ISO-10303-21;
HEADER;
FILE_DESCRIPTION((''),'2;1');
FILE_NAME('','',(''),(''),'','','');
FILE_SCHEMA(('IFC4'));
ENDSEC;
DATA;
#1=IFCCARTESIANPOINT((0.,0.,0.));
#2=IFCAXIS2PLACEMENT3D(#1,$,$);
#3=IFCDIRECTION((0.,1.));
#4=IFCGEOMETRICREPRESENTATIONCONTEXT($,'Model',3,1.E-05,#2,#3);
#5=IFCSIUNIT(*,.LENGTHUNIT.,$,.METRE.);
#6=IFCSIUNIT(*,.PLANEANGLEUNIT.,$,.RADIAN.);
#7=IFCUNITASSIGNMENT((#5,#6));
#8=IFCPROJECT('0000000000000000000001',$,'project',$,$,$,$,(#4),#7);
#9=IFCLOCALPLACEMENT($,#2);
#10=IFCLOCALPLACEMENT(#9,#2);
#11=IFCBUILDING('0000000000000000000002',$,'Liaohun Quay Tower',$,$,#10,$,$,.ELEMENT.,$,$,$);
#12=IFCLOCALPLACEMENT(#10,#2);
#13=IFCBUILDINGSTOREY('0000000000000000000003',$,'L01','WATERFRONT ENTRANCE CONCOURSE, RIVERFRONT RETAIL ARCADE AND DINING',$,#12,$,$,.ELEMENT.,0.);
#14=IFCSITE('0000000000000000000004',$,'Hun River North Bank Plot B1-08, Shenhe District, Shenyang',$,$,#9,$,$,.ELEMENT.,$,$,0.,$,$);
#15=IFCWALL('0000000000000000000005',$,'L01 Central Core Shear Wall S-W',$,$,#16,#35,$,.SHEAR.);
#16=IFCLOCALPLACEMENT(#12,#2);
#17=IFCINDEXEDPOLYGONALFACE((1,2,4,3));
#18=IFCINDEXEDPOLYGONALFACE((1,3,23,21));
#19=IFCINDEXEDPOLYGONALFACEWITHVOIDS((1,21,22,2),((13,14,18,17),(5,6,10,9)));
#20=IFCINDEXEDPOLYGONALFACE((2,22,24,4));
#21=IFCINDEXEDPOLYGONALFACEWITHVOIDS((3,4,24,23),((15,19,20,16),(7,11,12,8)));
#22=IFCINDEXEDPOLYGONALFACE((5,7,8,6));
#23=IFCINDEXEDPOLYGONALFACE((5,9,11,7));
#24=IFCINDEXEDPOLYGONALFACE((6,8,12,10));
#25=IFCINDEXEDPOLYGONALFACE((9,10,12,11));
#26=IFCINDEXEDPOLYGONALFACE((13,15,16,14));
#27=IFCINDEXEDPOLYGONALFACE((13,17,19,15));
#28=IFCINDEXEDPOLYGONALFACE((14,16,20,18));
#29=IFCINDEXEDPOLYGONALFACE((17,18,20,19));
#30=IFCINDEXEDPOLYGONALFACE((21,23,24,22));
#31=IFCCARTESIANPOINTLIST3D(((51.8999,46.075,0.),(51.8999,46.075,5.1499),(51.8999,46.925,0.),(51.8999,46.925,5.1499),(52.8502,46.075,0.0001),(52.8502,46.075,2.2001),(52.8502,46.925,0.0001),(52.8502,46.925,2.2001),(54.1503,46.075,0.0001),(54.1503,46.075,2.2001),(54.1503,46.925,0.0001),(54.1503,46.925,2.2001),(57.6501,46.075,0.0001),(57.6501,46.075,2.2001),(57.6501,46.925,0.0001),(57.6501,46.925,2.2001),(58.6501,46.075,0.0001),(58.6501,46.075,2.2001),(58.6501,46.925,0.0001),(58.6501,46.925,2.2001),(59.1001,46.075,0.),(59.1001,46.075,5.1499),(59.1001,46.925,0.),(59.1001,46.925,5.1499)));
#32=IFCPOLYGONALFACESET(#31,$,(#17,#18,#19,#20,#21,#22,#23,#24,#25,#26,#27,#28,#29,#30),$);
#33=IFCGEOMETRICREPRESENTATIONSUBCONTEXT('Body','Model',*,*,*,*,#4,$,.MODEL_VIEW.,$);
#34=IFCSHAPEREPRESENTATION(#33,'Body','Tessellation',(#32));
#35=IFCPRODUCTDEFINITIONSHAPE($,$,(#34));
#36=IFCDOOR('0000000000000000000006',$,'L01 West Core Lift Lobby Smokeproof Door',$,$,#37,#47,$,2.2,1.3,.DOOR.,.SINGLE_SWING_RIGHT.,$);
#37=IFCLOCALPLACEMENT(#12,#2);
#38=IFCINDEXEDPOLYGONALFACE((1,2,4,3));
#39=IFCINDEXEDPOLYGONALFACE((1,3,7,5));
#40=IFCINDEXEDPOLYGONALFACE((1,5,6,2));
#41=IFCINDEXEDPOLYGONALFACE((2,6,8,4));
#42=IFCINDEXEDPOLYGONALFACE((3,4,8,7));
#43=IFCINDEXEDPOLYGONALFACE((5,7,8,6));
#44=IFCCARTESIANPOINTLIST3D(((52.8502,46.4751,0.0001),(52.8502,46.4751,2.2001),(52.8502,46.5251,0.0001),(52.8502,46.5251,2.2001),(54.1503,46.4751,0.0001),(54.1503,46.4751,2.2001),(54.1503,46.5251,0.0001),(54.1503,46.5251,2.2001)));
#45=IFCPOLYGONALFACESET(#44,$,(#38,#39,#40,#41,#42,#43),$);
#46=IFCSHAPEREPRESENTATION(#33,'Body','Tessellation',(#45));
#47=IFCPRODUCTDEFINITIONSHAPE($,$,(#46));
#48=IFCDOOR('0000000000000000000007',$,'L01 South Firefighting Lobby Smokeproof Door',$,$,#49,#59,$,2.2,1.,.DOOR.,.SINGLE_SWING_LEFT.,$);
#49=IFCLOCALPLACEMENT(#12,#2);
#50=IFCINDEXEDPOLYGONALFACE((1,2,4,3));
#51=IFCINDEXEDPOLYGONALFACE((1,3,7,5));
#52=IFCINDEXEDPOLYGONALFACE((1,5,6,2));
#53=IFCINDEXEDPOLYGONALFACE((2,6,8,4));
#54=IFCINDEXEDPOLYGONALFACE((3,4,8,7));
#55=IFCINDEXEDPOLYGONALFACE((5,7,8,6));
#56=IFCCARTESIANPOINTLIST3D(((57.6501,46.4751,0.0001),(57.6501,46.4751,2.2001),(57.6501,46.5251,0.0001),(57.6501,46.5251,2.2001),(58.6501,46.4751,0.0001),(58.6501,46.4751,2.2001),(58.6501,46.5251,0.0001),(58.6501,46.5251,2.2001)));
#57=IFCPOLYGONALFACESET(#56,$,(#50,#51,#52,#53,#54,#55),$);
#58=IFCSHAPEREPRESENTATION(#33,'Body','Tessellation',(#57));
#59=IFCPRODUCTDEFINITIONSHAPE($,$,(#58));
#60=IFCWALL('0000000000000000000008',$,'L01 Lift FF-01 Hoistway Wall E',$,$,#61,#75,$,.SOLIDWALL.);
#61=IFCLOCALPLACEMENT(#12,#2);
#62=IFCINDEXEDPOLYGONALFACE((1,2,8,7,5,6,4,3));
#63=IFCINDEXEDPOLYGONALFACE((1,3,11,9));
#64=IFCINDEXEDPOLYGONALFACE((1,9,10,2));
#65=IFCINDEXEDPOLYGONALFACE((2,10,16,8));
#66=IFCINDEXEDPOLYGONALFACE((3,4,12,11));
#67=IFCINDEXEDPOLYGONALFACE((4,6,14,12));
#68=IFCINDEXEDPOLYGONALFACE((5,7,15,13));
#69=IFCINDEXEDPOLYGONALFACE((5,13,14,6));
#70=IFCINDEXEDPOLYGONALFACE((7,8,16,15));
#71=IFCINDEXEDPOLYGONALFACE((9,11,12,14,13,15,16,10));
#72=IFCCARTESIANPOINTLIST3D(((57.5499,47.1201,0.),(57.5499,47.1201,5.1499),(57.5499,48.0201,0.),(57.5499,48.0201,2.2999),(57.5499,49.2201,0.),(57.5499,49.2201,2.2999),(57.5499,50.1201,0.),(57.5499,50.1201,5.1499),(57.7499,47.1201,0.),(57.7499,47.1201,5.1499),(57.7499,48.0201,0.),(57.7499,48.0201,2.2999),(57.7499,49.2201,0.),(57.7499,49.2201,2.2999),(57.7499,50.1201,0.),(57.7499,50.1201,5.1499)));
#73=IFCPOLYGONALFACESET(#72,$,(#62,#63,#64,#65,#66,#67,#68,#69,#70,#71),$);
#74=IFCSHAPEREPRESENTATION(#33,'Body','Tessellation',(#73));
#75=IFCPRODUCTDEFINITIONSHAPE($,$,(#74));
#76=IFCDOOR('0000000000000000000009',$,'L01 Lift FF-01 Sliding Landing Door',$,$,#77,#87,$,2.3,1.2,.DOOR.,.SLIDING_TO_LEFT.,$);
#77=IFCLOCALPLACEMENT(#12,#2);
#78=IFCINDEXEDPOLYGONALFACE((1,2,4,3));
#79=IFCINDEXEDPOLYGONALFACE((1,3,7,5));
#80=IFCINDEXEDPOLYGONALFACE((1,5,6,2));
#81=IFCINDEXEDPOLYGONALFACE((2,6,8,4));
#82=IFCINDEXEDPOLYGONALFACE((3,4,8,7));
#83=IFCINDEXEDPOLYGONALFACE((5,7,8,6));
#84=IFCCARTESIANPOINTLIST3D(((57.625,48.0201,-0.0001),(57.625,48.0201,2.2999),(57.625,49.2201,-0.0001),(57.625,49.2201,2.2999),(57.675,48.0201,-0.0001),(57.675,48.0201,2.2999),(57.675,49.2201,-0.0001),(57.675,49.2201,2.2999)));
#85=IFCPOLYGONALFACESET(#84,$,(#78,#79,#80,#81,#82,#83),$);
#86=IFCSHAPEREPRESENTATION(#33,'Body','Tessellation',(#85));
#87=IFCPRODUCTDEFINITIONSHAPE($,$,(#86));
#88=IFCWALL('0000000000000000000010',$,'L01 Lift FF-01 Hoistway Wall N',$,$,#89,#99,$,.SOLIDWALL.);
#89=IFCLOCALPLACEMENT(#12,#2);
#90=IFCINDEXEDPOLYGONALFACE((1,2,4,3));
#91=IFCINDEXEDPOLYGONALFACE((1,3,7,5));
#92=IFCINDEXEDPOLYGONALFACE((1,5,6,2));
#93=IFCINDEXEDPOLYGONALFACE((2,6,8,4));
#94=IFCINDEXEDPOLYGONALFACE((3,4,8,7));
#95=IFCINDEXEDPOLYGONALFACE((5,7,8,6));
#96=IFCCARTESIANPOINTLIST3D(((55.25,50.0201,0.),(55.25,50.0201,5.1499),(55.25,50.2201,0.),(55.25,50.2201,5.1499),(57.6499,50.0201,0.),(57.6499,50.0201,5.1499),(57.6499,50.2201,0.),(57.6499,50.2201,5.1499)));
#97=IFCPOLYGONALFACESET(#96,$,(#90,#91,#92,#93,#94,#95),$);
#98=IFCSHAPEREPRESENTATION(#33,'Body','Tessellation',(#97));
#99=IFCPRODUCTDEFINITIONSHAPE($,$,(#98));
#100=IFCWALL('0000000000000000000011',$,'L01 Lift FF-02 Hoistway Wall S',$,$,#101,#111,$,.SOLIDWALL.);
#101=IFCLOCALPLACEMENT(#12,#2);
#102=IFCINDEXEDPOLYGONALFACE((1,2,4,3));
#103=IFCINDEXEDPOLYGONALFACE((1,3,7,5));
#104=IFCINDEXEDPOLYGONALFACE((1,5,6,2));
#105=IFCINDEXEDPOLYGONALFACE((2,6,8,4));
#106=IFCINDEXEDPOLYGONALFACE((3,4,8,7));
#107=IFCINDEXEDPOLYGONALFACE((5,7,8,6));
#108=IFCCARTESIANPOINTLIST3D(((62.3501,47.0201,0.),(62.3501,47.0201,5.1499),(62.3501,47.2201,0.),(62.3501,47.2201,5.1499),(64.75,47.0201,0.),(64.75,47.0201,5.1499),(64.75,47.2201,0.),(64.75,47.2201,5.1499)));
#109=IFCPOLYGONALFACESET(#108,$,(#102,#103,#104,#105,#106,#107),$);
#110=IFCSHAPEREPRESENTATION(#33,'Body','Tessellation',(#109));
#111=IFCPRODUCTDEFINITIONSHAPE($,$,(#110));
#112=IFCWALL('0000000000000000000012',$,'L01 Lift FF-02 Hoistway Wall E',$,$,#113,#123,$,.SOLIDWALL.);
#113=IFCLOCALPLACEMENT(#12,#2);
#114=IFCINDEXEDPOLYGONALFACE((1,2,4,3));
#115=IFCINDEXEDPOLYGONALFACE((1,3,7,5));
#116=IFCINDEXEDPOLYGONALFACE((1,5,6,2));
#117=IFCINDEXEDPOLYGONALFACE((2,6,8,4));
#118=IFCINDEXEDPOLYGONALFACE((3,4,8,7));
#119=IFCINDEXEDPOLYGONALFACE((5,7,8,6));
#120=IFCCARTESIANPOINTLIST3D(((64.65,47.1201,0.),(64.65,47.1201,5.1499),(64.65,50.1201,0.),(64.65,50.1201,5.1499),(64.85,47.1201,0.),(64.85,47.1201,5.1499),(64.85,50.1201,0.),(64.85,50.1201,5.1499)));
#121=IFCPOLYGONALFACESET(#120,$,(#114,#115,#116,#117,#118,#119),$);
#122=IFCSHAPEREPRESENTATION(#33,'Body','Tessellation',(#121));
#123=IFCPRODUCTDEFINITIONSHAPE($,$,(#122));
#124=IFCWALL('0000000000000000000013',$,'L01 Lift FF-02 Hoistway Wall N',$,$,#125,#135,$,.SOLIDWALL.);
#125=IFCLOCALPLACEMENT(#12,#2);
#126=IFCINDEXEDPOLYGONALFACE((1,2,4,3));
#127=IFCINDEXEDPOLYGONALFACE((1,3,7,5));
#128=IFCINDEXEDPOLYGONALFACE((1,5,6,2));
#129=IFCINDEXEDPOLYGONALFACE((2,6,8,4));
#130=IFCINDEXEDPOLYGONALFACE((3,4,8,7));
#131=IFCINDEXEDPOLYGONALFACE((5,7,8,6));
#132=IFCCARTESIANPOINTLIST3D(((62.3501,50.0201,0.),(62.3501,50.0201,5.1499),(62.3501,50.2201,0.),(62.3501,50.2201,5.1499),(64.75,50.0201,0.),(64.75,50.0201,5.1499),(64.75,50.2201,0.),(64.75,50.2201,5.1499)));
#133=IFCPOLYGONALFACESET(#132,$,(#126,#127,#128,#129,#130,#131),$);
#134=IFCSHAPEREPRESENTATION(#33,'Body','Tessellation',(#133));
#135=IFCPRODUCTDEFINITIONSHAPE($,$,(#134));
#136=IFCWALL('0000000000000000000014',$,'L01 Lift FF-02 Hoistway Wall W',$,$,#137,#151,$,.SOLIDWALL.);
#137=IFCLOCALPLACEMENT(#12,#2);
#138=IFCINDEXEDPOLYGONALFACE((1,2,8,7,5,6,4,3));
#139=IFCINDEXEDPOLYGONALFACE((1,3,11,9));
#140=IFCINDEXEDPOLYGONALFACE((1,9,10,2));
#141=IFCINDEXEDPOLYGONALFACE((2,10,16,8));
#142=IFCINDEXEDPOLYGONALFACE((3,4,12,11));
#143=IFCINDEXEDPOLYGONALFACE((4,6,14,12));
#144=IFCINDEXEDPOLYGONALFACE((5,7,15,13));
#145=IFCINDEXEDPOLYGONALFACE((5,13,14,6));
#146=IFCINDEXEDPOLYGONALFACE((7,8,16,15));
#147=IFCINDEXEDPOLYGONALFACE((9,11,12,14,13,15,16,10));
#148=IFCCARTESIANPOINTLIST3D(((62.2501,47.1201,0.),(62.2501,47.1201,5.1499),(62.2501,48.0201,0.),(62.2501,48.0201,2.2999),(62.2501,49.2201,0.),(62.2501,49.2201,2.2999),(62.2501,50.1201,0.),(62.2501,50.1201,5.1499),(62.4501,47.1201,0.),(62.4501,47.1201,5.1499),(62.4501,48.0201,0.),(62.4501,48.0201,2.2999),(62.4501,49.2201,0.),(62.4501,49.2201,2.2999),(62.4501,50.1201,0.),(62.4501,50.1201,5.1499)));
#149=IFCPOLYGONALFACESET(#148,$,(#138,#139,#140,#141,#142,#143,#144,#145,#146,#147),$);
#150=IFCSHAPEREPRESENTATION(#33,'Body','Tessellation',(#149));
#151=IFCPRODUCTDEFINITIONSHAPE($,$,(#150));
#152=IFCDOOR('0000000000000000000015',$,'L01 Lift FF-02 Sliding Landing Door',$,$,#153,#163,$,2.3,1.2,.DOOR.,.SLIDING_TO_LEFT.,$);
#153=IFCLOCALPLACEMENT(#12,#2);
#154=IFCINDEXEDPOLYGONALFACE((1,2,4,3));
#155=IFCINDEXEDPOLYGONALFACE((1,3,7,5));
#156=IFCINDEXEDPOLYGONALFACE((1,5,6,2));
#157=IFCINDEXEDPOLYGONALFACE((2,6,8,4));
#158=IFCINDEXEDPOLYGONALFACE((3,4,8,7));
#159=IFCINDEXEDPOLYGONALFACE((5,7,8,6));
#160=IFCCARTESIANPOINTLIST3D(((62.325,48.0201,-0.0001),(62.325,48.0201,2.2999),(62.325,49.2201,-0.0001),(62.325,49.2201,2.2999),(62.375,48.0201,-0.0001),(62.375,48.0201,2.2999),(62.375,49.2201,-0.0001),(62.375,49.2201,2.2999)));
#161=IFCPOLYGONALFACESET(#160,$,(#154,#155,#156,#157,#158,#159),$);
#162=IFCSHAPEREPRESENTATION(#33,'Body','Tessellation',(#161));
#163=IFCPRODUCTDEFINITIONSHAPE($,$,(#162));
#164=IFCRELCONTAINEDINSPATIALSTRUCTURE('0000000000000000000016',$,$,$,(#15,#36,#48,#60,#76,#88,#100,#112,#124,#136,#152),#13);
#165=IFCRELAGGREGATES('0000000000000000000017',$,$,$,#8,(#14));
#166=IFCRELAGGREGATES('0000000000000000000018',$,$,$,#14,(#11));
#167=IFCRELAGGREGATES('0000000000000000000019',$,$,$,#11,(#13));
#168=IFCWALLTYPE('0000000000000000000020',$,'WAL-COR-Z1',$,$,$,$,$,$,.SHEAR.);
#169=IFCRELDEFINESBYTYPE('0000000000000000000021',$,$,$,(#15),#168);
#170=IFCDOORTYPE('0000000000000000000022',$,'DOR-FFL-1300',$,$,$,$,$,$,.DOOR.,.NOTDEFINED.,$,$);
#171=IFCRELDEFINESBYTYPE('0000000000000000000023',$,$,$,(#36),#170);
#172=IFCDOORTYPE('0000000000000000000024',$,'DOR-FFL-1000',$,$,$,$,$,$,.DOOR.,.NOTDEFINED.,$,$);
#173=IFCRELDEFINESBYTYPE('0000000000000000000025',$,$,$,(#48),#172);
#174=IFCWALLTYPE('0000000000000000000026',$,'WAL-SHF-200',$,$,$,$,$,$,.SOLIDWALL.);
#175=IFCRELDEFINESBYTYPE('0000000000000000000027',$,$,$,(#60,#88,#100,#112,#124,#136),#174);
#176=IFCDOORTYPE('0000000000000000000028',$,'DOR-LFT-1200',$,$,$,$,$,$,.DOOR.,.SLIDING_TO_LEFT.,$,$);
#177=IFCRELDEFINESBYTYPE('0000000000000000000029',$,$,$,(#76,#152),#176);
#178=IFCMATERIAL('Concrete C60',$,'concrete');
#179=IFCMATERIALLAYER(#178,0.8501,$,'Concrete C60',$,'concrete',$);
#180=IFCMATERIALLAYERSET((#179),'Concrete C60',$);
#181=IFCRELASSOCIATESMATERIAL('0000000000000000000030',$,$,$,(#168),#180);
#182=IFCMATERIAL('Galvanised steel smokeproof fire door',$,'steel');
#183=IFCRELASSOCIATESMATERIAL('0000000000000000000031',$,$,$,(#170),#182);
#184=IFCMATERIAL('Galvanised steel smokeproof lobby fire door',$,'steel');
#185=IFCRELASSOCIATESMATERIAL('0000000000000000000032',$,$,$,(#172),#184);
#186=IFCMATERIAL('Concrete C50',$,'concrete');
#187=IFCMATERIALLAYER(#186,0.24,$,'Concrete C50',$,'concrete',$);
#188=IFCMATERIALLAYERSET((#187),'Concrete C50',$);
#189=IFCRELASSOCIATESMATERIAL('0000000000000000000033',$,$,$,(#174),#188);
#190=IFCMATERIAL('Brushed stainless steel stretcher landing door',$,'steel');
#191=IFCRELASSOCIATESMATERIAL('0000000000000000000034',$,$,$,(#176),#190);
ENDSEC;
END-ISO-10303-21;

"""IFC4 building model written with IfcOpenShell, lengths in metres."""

from ifc_helpers import new_model, si_unit, direction, frame, frame_2d, origin, place, context, subcontext, project, spatial, rectangle, extrude, source, transform, mapped, material, layer, layer_set, type_object, element, fill, save


model = new_model("IFC4")

# Units and contexts
model_context = context("Model", 3, precision=1e-05, world=origin(), true_north=direction((0.0, 1.0)))
body_context = subcontext(model_context, "Body", "Model", "MODEL_VIEW")
ifc_project = project(units=[si_unit("LENGTHUNIT", "METRE"), si_unit("PLANEANGLEUNIT", "RADIAN")], contexts=[model_context])

# Site, building, storey
site_placement = place(None, origin())
site = spatial("IfcSite", under=ifc_project, at=site_placement, Name="Hun River North Bank Plot B1-08, Shenhe District, Shenyang", CompositionType="ELEMENT", RefElevation=0.0)
building_placement = place(site_placement, origin())
building = spatial("IfcBuilding", under=site, at=building_placement, Name="Liaohun Quay Tower", CompositionType="ELEMENT")
storey_placement = place(building_placement, origin())
storey = spatial("IfcBuildingStorey", under=building, at=storey_placement, Name="L01", Description="WATERFRONT ENTRANCE CONCOURSE, RIVERFRONT RETAIL ARCADE AND DINING", CompositionType="ELEMENT", Elevation=0.0)

# Shared definitions
ifc_material_1 = material(Name="Concrete C60", Category="concrete")

# Shared definitions
ifc_layer_1 = layer(ifc_material_1, 0.8501, Name="Concrete C60", Category="concrete")
ifc_layer_set_1 = layer_set([ifc_layer_1], Name="Concrete C60")
wall_type_1 = type_object("IfcWallType", Name="WAL-COR-Z1", PredefinedType="SHEAR", material=ifc_layer_set_1)
shared_shape_1 = source(origin(), body_context, "Body", "SweptSolid", [
    extrude(rectangle(XDim=1.3, YDim=2.2, at=frame_2d((0.6499, 1.1001))), frame((0.0, 0.4351, 0.0), z_axis=(0.0, -1.0, 0.0), x_axis=(1.0, 0.0, 0.0)), (0.0, 0.0, 1.0), 0.8701),
])
ifc_material_2 = material(Name="Galvanised steel smokeproof fire door", Category="steel")
door_type_1 = type_object("IfcDoorType", Name="DOR-FFL-1300", OperationType="NOTDEFINED", PredefinedType="DOOR", material=ifc_material_2)
shared_shape_2 = source(origin(), body_context, "Body", "SweptSolid", [
    extrude(rectangle(XDim=1.3, YDim=2.2, at=frame_2d((0.6499, 1.1001))), frame((0.0, 0.0249, 0.0), z_axis=(0.0, -1.0, 0.0), x_axis=(1.0, 0.0, 0.0)), (0.0, 0.0, 1.0), 0.05),
])

# Wall, openings, doors
wall_1_placement = place(storey_placement, frame((59.1001, 46.5, 0.0), z_axis=(0.0, 0.0, 1.0), x_axis=(-1.0, 0.0, 0.0)))
wall_1 = element("IfcWall", 1, at=wall_1_placement, inside=storey, type_object=wall_type_1, Name="L01 Central Core Shear Wall S-W", PredefinedType="SHEAR", context=body_context, shape_type="SweptSolid", body=[
    extrude(rectangle(XDim=7.2002, YDim=0.8501, at=frame_2d((3.6001, 0.0))), origin(), (0.0, 0.0, 1.0), 5.1499),
])
opening_1_placement = place(wall_1_placement, frame((4.95, 0.0, 0.0)))
opening_1 = element("IfcOpeningElement", 2, at=opening_1_placement, cuts=wall_1, PredefinedType="OPENING", context=body_context, shape_type="MappedRepresentation", body=[
    mapped(shared_shape_1, transform((0.0, 0.0, 0.0), x_axis=(1.0, 0.0, 0.0), y_axis=(0.0, 1.0, 0.0), z_axis=(0.0, 0.0, 1.0), scale=1.0)),
])
shared_shape_3 = source(origin(), body_context, "Body", "SweptSolid", [
    extrude(rectangle(XDim=1.0, YDim=2.2, at=frame_2d((0.5, 1.1001))), frame((0.0, 0.4351, 0.0), z_axis=(0.0, -1.0, 0.0), x_axis=(1.0, 0.0, 0.0)), (0.0, 0.0, 1.0), 0.8701),
])
opening_2_placement = place(wall_1_placement, frame((0.45, 0.0, 0.0)))
opening_2 = element("IfcOpeningElement", 3, at=opening_2_placement, cuts=wall_1, PredefinedType="OPENING", context=body_context, shape_type="MappedRepresentation", body=[
    mapped(shared_shape_3, transform((0.0, 0.0, 0.0), x_axis=(1.0, 0.0, 0.0), y_axis=(0.0, 1.0, 0.0), z_axis=(0.0, 0.0, 1.0), scale=1.0)),
])
door_1_placement = place(opening_1_placement, origin())
door_1 = element("IfcDoor", 4, at=door_1_placement, inside=storey, type_object=door_type_1, Name="L01 West Core Lift Lobby Smokeproof Door", OperationType="SINGLE_SWING_RIGHT", OverallHeight=2.2, OverallWidth=1.3, PredefinedType="DOOR", context=body_context, shape_type="MappedRepresentation", body=[
    mapped(shared_shape_2, transform((0.0, 0.0, 0.0), x_axis=(1.0, 0.0, 0.0), y_axis=(0.0, 1.0, 0.0), z_axis=(0.0, 0.0, 1.0), scale=1.0)),
])
fill(opening_1, door_1)
ifc_material_3 = material(Name="Galvanised steel smokeproof lobby fire door", Category="steel")
door_type_2 = type_object("IfcDoorType", Name="DOR-FFL-1000", OperationType="NOTDEFINED", PredefinedType="DOOR", material=ifc_material_3)
shared_shape_4 = source(origin(), body_context, "Body", "SweptSolid", [
    extrude(rectangle(XDim=1.0, YDim=2.2, at=frame_2d((0.5, 1.1001))), frame((0.0, 0.0249, 0.0), z_axis=(0.0, -1.0, 0.0), x_axis=(1.0, 0.0, 0.0)), (0.0, 0.0, 1.0), 0.05),
])
door_2_placement = place(opening_2_placement, origin())
door_2 = element("IfcDoor", 5, at=door_2_placement, inside=storey, type_object=door_type_2, Name="L01 South Firefighting Lobby Smokeproof Door", OperationType="SINGLE_SWING_LEFT", OverallHeight=2.2, OverallWidth=1.0, PredefinedType="DOOR", context=body_context, shape_type="MappedRepresentation", body=[
    mapped(shared_shape_4, transform((0.0, 0.0, 0.0), x_axis=(1.0, 0.0, 0.0), y_axis=(0.0, 1.0, 0.0), z_axis=(0.0, 0.0, 1.0), scale=1.0)),
])
fill(opening_2, door_2)

# Wall, opening, door
ifc_material_4 = material(Name="Concrete C50", Category="concrete")
ifc_layer_2 = layer(ifc_material_4, 0.24, Name="Concrete C50", Category="concrete")
ifc_layer_set_2 = layer_set([ifc_layer_2], Name="Concrete C50")
wall_type_2 = type_object("IfcWallType", Name="WAL-SHF-200", PredefinedType="SOLIDWALL", material=ifc_layer_set_2)
wall_2_placement = place(storey_placement, frame((57.6499, 47.1201, 0.0), z_axis=(0.0, 0.0, 1.0), x_axis=(0.0, 1.0, 0.0)))
wall_2 = element("IfcWall", 6, at=wall_2_placement, inside=storey, type_object=wall_type_2, Name="L01 Lift FF-01 Hoistway Wall E", PredefinedType="SOLIDWALL", context=body_context, shape_type="SweptSolid", body=[
    extrude(rectangle(XDim=3.0, YDim=0.2, at=frame_2d((1.5, 0.0))), origin(), (0.0, 0.0, 1.0), 5.1499),
])
shared_shape_5 = source(origin(), body_context, "Body", "SweptSolid", [
    extrude(rectangle(XDim=1.2, YDim=2.3, at=frame_2d((0.6001, 1.1499))), frame((0.0, 0.1099, 0.0), z_axis=(0.0, -1.0, 0.0), x_axis=(1.0, 0.0, 0.0)), (0.0, 0.0, 1.0), 0.22),
])
opening_3_placement = place(wall_2_placement, frame((0.8999, 0.0, 0.0)))
opening_3 = element("IfcOpeningElement", 7, at=opening_3_placement, cuts=wall_2, PredefinedType="OPENING", context=body_context, shape_type="MappedRepresentation", body=[
    mapped(shared_shape_5, transform((0.0, 0.0, 0.0), x_axis=(1.0, 0.0, 0.0), y_axis=(0.0, 1.0, 0.0), z_axis=(0.0, 0.0, 1.0), scale=1.0)),
])
ifc_material_5 = material(Name="Brushed stainless steel stretcher landing door", Category="steel")
door_type_3 = type_object("IfcDoorType", Name="DOR-LFT-1200", OperationType="SLIDING_TO_LEFT", PredefinedType="DOOR", material=ifc_material_5)
shared_shape_6 = source(origin(), body_context, "Body", "SweptSolid", [
    extrude(rectangle(XDim=1.2, YDim=2.3, at=frame_2d((0.6001, 1.1499))), frame((0.0, 0.0249, 0.0), z_axis=(0.0, -1.0, 0.0), x_axis=(1.0, 0.0, 0.0)), (0.0, 0.0, 1.0), 0.05),
])
door_3_placement = place(opening_3_placement, origin())
door_3 = element("IfcDoor", 8, at=door_3_placement, inside=storey, type_object=door_type_3, Name="L01 Lift FF-01 Sliding Landing Door", OperationType="SLIDING_TO_LEFT", OverallHeight=2.3, OverallWidth=1.2, PredefinedType="DOOR", context=body_context, shape_type="MappedRepresentation", body=[
    mapped(shared_shape_6, transform((0.0, 0.0, 0.0), x_axis=(1.0, 0.0, 0.0), y_axis=(0.0, 1.0, 0.0), z_axis=(0.0, 0.0, 1.0), scale=1.0)),
])
fill(opening_3, door_3)

# Walls
for number, where, z_axis, x_axis, name in (
    (9, (57.6499, 50.1201, 0.0), (0.0, 0.0, 1.0), (-1.0, 0.0, 0.0), "L01 Lift FF-01 Hoistway Wall N"),
    (10, (62.3501, 47.1201, 0.0), (0.0, 0.0, 1.0), (1.0, 0.0, 0.0), "L01 Lift FF-02 Hoistway Wall S"),
):
    element("IfcWall", number, at=place(storey_placement, frame(where, z_axis=z_axis, x_axis=x_axis)), inside=storey, type_object=wall_type_2, Name=name, PredefinedType="SOLIDWALL", context=body_context, shape_type="SweptSolid", body=[
        extrude(rectangle(XDim=2.3999, YDim=0.2, at=frame_2d((1.2, 0.0))), origin(), (0.0, 0.0, 1.0), 5.1499),
    ])
wall_3_placement = place(storey_placement, frame((64.75, 47.1201, 0.0), z_axis=(0.0, 0.0, 1.0), x_axis=(0.0, 1.0, 0.0)))
element("IfcWall", 11, at=wall_3_placement, inside=storey, type_object=wall_type_2, Name="L01 Lift FF-02 Hoistway Wall E", PredefinedType="SOLIDWALL", context=body_context, shape_type="SweptSolid", body=[
    extrude(rectangle(XDim=3.0, YDim=0.2, at=frame_2d((1.5, 0.0))), origin(), (0.0, 0.0, 1.0), 5.1499),
])
wall_4_placement = place(storey_placement, frame((64.75, 50.1201, 0.0), z_axis=(0.0, 0.0, 1.0), x_axis=(-1.0, 0.0, 0.0)))
element("IfcWall", 12, at=wall_4_placement, inside=storey, type_object=wall_type_2, Name="L01 Lift FF-02 Hoistway Wall N", PredefinedType="SOLIDWALL", context=body_context, shape_type="SweptSolid", body=[
    extrude(rectangle(XDim=2.3999, YDim=0.2, at=frame_2d((1.2, 0.0))), origin(), (0.0, 0.0, 1.0), 5.1499),
])

# Wall, opening, door
wall_5_placement = place(storey_placement, frame((62.3501, 50.1201, 0.0), z_axis=(0.0, 0.0, 1.0), x_axis=(0.0, -1.0, 0.0)))
wall_5 = element("IfcWall", 13, at=wall_5_placement, inside=storey, type_object=wall_type_2, Name="L01 Lift FF-02 Hoistway Wall W", PredefinedType="SOLIDWALL", context=body_context, shape_type="SweptSolid", body=[
    extrude(rectangle(XDim=3.0, YDim=0.2, at=frame_2d((1.5, 0.0))), origin(), (0.0, 0.0, 1.0), 5.1499),
])
opening_4_placement = place(wall_5_placement, frame((0.8999, 0.0, 0.0)))
opening_4 = element("IfcOpeningElement", 14, at=opening_4_placement, cuts=wall_5, PredefinedType="OPENING", context=body_context, shape_type="MappedRepresentation", body=[
    mapped(shared_shape_5, transform((0.0, 0.0, 0.0), x_axis=(1.0, 0.0, 0.0), y_axis=(0.0, 1.0, 0.0), z_axis=(0.0, 0.0, 1.0), scale=1.0)),
])
door_4_placement = place(opening_4_placement, origin())
door_4 = element("IfcDoor", 15, at=door_4_placement, inside=storey, type_object=door_type_3, Name="L01 Lift FF-02 Sliding Landing Door", OperationType="SLIDING_TO_LEFT", OverallHeight=2.3, OverallWidth=1.2, PredefinedType="DOOR", context=body_context, shape_type="MappedRepresentation", body=[
    mapped(shared_shape_6, transform((0.0, 0.0, 0.0), x_axis=(1.0, 0.0, 0.0), y_axis=(0.0, 1.0, 0.0), z_axis=(0.0, 0.0, 1.0), scale=1.0)),
])
fill(opening_4, door_4)

save(model, "model.ifc")
